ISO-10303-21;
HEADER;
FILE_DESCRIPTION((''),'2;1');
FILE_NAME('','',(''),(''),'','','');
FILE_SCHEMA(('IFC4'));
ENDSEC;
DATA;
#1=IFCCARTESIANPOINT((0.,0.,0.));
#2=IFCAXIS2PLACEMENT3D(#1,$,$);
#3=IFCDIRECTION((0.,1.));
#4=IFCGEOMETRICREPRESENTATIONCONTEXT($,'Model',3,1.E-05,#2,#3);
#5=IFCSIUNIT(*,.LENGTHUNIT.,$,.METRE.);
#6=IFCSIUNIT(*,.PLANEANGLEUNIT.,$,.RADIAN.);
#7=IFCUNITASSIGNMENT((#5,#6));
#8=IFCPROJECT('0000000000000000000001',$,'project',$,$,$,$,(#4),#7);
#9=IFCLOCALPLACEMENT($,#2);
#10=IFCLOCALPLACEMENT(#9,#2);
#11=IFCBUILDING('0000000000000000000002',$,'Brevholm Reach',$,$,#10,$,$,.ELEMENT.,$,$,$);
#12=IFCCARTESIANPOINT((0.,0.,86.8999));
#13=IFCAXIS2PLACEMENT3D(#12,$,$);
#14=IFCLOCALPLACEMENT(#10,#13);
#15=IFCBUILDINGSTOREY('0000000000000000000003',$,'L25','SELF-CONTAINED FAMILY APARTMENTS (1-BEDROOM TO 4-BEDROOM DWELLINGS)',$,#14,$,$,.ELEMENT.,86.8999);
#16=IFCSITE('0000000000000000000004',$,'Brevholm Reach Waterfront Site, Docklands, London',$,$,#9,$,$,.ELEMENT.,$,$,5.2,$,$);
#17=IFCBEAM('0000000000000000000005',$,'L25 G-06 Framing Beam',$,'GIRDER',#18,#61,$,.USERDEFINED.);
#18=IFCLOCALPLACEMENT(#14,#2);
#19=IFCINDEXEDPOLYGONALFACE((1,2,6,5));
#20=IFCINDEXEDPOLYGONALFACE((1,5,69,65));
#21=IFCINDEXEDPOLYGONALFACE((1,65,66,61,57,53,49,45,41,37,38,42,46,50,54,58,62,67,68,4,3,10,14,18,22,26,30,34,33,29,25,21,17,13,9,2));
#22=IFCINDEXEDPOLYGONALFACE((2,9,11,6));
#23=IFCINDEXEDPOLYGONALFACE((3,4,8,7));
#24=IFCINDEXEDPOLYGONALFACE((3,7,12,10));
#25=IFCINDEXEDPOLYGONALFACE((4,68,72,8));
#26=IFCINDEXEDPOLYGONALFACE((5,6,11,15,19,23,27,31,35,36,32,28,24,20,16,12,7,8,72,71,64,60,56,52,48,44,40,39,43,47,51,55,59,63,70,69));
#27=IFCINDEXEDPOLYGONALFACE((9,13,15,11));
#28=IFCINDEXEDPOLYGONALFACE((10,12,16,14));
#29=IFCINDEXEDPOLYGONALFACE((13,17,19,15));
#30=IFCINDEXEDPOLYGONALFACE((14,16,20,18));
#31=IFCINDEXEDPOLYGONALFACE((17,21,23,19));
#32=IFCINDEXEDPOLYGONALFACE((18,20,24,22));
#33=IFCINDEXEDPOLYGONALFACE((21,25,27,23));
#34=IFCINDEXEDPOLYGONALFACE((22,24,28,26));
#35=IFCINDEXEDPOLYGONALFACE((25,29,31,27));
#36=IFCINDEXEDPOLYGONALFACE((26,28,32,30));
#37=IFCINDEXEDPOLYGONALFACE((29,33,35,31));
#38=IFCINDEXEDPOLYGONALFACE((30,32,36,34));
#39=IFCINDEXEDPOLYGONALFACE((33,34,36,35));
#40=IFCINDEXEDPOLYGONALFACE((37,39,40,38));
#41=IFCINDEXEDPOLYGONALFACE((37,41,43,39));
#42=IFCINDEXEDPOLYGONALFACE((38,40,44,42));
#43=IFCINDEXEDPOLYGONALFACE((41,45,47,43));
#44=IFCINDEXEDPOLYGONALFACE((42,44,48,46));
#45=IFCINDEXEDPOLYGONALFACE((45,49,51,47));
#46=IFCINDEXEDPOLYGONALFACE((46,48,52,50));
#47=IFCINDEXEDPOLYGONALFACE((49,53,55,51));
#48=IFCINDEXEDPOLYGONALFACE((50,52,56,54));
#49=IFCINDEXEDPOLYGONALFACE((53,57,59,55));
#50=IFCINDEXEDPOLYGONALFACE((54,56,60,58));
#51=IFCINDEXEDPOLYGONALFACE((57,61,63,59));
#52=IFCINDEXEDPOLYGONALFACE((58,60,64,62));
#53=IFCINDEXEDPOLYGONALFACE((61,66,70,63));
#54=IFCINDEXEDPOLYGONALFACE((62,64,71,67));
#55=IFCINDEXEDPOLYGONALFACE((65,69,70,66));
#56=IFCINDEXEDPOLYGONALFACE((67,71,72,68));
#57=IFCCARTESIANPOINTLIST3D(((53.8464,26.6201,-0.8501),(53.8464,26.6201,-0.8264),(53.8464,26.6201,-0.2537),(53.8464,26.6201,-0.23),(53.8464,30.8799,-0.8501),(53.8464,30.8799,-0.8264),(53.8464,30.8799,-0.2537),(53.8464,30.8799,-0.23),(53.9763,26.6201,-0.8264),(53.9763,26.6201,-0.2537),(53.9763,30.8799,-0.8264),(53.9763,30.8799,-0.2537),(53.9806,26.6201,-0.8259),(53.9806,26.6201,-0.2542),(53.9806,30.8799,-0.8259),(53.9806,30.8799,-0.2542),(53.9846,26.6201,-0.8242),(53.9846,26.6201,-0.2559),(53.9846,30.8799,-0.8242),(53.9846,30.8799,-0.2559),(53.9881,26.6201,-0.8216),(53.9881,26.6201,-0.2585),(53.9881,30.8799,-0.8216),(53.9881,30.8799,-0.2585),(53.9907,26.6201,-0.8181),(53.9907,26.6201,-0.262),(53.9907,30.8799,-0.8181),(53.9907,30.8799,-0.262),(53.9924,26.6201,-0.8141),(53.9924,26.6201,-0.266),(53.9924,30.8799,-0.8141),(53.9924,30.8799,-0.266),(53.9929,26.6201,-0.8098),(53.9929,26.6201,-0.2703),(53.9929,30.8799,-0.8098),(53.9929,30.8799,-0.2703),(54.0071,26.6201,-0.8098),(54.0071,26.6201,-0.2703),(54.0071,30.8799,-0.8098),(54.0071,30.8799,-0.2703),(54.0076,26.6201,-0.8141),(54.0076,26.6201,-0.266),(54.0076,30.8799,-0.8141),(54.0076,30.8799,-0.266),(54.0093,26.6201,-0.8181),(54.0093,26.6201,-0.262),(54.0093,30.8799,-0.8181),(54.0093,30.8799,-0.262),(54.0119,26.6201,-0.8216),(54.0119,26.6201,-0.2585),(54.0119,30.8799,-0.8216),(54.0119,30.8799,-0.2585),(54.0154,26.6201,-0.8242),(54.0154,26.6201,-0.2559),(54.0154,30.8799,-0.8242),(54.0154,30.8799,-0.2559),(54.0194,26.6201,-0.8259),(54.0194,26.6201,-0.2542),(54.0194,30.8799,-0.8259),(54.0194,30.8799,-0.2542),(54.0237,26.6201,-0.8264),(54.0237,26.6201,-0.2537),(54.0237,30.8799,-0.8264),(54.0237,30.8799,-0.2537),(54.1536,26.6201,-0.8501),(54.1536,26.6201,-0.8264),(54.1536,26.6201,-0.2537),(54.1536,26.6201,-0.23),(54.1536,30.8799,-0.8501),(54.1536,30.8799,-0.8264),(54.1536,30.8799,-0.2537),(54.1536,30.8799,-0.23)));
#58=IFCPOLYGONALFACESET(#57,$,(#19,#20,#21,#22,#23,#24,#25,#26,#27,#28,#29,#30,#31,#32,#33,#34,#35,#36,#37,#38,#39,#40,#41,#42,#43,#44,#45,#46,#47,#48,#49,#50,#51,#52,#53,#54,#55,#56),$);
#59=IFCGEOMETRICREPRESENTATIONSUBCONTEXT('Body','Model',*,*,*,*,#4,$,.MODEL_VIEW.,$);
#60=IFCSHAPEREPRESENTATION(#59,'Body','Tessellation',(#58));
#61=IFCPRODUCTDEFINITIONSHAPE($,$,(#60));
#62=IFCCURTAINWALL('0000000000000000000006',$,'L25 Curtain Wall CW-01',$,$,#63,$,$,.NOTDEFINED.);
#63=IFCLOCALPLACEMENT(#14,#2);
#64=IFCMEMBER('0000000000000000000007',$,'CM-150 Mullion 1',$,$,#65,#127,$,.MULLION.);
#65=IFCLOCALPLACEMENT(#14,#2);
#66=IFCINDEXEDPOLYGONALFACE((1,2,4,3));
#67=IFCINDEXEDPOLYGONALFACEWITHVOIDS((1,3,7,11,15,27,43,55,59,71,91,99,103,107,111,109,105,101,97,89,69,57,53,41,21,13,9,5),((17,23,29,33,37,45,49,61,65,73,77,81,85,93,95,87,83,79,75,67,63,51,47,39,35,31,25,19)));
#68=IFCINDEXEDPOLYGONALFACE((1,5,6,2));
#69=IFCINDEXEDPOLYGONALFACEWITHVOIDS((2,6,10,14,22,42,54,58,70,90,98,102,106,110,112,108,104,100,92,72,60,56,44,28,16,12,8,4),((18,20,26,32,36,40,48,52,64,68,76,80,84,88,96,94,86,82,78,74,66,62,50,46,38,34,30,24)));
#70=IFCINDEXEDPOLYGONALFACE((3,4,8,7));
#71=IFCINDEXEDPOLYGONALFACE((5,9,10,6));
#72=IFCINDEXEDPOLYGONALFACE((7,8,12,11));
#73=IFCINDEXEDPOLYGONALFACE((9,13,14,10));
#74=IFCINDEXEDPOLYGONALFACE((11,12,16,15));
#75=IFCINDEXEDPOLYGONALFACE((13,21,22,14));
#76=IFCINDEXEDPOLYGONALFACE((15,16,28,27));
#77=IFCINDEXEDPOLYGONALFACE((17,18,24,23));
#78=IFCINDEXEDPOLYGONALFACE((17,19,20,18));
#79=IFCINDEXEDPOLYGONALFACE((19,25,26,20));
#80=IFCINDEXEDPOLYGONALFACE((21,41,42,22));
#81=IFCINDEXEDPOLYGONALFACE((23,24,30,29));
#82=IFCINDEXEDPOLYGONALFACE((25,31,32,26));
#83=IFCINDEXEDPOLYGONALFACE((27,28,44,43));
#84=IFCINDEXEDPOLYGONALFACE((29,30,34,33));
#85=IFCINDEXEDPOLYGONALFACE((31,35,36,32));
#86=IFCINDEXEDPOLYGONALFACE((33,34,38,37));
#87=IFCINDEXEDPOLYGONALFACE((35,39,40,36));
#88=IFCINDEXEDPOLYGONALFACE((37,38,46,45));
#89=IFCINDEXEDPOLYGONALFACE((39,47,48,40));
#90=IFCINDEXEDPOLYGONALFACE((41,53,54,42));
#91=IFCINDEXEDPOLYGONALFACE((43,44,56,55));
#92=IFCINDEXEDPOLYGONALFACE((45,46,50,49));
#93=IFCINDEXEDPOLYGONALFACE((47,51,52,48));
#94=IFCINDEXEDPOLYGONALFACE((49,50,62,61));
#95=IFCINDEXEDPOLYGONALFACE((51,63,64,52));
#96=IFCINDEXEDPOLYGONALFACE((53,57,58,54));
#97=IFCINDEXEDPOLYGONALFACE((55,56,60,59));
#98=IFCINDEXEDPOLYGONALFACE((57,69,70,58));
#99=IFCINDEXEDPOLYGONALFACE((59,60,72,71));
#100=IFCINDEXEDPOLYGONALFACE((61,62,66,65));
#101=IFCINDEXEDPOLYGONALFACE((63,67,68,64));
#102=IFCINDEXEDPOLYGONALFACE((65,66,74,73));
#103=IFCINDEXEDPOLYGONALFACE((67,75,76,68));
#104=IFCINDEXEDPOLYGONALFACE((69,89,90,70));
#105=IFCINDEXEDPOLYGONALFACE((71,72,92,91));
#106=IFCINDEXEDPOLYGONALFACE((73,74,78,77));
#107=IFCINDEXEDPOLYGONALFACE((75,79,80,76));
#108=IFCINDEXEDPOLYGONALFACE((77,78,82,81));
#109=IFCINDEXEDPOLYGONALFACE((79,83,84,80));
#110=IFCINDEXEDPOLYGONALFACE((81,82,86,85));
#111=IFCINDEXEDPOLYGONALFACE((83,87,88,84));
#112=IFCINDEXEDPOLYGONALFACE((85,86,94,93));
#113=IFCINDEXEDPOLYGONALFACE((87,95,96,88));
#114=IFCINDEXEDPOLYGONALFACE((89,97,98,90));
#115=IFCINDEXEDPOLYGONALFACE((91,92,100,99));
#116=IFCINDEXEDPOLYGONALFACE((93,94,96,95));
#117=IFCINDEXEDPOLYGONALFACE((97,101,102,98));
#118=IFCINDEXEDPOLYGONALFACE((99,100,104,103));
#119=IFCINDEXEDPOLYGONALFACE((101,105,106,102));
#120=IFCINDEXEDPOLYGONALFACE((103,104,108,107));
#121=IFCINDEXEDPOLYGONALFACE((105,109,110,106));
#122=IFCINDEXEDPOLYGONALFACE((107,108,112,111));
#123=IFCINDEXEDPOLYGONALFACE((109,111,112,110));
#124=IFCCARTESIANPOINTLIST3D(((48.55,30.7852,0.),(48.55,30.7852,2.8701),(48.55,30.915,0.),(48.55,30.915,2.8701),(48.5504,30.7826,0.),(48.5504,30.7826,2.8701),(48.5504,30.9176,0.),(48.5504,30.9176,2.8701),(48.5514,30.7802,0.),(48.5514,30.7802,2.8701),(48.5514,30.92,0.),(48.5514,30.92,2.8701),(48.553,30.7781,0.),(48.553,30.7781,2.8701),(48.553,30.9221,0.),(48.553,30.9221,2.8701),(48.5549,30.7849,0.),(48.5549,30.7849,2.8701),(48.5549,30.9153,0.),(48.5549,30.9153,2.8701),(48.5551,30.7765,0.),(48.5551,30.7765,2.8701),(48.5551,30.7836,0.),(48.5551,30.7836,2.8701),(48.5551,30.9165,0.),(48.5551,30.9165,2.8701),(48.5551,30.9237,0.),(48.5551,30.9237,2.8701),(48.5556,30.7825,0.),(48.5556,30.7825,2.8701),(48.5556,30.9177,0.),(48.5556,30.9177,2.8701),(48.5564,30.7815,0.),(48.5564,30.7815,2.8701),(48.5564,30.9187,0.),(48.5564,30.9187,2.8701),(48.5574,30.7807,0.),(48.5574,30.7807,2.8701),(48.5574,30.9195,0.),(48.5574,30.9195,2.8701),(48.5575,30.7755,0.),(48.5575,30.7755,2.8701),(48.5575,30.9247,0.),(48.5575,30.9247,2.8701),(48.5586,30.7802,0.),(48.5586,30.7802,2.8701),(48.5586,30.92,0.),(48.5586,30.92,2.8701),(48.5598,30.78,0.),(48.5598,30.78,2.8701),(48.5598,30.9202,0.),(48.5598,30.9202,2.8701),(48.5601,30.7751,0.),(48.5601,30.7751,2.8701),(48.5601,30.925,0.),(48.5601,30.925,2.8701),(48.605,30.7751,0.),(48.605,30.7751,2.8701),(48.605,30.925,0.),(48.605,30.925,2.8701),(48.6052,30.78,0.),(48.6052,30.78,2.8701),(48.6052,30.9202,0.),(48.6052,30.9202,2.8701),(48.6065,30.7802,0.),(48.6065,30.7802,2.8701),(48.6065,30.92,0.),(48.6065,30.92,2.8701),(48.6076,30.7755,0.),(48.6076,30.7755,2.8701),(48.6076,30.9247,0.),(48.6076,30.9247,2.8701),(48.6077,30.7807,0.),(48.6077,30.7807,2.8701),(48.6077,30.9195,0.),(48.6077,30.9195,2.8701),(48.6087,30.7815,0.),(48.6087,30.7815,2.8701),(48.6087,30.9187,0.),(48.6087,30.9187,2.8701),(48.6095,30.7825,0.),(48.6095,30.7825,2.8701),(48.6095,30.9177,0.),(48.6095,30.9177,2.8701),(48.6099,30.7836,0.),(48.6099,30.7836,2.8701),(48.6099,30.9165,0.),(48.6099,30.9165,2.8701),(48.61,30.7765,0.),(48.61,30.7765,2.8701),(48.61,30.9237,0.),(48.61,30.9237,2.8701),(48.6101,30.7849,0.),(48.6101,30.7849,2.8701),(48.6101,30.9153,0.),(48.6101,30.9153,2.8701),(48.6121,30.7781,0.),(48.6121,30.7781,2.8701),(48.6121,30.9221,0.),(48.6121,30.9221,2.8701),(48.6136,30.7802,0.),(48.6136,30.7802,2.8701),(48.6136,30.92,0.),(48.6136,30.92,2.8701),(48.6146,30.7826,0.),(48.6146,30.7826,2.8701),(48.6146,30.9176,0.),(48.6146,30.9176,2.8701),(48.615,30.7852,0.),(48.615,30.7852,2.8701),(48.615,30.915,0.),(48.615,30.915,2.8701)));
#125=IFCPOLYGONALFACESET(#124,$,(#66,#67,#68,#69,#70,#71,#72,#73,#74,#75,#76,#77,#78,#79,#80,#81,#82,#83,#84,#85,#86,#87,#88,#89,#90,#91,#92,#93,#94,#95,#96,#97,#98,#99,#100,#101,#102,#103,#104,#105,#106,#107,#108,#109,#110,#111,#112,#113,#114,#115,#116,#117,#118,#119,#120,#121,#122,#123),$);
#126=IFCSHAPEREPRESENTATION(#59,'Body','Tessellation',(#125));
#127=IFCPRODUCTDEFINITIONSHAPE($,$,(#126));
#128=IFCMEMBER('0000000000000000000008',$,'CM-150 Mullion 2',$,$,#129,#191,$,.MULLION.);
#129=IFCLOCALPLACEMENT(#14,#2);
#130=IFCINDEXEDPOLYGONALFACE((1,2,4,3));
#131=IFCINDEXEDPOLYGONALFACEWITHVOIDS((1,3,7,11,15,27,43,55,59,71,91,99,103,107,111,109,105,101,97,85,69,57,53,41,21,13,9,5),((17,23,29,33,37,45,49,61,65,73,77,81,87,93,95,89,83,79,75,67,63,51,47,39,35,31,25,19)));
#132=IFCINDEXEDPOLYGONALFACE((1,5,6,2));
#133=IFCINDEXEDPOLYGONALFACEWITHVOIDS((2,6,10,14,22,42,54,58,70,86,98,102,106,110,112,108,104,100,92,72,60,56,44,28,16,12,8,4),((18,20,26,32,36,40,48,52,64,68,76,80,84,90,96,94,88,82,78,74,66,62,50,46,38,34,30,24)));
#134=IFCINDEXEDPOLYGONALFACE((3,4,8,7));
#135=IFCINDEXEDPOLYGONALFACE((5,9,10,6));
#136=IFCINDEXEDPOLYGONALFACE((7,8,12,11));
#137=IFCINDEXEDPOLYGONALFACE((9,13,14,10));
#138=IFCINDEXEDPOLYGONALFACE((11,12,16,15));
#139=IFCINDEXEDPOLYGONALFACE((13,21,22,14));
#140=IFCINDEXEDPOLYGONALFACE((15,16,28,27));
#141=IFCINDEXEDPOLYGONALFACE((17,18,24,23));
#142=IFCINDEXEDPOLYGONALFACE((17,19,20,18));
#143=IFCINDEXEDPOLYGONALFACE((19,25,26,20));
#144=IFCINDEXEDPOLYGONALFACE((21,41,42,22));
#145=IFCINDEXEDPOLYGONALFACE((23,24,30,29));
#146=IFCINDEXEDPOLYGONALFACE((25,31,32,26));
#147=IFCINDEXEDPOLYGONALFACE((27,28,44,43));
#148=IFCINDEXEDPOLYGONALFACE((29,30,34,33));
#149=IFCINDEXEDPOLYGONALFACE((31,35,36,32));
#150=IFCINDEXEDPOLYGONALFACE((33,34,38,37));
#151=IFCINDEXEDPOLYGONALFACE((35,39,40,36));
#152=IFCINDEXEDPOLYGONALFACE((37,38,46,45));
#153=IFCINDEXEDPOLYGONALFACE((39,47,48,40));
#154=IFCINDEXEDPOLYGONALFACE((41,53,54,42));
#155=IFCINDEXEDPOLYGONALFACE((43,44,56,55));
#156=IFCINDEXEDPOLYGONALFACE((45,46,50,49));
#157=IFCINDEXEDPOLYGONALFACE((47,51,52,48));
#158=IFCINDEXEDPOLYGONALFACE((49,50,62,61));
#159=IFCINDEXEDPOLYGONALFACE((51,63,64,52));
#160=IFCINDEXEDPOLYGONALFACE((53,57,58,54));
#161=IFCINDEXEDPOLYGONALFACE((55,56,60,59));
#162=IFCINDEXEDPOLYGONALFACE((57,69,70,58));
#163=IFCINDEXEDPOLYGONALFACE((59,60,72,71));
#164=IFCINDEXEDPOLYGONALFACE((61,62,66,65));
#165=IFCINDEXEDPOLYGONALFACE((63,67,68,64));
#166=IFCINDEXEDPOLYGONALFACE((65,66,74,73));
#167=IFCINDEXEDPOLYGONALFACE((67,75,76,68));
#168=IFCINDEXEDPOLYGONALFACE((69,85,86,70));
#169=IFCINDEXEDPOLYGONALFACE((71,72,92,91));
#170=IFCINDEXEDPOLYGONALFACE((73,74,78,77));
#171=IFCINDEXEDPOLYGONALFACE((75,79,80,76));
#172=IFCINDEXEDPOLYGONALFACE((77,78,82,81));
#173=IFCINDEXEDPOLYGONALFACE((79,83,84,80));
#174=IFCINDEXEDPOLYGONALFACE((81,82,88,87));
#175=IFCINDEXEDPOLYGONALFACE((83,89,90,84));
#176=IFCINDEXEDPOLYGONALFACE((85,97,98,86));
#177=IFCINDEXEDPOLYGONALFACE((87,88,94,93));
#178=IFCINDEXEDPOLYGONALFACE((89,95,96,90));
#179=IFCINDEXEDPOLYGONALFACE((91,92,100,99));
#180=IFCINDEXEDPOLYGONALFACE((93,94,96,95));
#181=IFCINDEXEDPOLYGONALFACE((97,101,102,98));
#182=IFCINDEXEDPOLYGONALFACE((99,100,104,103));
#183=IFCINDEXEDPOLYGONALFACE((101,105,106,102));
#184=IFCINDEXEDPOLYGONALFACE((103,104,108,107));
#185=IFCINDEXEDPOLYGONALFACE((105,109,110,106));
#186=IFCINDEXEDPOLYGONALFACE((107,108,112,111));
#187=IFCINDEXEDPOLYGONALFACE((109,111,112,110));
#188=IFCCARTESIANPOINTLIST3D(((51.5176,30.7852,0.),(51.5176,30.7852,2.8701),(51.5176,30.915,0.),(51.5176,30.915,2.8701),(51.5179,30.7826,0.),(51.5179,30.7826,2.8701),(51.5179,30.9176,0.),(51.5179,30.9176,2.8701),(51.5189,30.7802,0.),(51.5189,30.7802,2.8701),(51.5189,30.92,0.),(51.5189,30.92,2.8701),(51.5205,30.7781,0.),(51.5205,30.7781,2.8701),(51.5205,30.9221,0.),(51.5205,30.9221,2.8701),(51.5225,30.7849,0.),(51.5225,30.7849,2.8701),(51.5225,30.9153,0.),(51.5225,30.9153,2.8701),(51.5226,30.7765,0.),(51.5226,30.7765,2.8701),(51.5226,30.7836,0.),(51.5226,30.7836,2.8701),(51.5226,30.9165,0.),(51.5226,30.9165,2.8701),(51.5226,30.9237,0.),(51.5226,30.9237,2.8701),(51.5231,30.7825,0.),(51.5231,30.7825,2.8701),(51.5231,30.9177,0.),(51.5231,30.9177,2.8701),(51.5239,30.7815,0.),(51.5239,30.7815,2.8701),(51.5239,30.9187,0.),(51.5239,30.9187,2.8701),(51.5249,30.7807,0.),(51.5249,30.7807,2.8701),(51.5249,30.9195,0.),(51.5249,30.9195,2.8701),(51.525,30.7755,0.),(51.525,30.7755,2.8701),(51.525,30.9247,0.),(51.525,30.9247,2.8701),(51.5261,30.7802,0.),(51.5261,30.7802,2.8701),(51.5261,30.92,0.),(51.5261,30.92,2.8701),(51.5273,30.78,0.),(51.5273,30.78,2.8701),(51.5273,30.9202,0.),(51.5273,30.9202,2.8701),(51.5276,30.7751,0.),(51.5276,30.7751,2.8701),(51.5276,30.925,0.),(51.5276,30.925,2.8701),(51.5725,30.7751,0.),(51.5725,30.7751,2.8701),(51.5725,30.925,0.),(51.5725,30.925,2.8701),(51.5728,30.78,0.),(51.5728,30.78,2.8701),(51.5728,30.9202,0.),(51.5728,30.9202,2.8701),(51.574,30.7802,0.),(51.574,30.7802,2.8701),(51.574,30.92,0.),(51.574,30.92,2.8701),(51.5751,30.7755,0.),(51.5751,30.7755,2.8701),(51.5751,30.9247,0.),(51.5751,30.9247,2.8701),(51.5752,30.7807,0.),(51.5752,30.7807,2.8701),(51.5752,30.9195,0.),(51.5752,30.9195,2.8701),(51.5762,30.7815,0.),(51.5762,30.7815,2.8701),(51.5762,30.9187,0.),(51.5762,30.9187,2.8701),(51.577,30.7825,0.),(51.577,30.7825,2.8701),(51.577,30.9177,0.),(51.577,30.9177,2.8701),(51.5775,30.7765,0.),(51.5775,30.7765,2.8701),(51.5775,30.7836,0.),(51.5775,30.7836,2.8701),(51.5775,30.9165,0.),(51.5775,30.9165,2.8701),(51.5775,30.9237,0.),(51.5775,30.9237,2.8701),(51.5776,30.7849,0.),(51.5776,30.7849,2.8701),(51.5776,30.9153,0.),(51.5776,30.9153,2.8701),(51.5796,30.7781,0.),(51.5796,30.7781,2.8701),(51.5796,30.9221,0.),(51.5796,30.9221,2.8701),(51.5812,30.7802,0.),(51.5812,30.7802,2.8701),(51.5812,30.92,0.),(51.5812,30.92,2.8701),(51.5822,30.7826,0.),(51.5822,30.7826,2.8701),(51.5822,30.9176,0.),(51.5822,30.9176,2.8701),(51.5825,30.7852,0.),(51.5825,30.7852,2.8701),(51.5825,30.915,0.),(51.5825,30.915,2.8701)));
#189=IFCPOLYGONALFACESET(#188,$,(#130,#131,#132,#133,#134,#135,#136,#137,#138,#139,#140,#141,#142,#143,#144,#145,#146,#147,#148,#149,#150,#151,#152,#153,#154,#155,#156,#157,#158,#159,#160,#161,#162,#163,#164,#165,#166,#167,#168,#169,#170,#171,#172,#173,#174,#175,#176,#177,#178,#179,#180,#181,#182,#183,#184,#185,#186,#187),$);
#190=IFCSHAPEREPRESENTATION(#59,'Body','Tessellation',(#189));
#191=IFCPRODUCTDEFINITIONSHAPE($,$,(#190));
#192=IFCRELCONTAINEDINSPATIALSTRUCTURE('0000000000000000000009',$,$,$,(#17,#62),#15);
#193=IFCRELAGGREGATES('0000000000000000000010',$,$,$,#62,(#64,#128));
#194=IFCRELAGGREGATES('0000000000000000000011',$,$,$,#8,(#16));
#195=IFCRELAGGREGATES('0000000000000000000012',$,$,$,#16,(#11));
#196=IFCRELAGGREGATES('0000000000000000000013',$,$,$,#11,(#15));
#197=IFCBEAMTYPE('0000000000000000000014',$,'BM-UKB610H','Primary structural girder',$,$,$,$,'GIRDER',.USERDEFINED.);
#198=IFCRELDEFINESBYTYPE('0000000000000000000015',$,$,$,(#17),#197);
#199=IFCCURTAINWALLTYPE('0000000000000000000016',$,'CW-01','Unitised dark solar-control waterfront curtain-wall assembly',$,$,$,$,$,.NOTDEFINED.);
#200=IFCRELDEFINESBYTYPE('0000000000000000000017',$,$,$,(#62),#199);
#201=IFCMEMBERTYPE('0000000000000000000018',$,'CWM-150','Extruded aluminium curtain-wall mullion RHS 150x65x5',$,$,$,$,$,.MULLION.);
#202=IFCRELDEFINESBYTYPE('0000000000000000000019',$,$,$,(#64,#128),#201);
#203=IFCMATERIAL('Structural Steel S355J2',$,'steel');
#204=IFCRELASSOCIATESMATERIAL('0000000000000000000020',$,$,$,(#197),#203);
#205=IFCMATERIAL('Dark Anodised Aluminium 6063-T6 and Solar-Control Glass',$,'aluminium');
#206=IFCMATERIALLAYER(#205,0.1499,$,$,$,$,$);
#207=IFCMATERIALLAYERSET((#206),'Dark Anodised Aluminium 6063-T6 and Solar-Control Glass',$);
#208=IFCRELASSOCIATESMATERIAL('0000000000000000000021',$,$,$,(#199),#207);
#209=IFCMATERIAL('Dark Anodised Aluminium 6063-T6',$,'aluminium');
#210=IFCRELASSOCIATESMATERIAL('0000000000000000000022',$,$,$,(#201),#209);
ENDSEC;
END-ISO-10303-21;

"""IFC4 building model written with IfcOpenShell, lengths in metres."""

from ifc_helpers import new_model, si_unit, direction, frame, origin, origin_2d, place, context, subcontext, project, spatial, hollow_rectangle, i_section, extrude, material, layer, layer_set, material_profile, profile_set, type_object, element, aggregate, save


model = new_model("IFC4")

# Units and contexts
model_context = context("Model", 3, precision=1e-05, world=origin(), true_north=direction((0.0, 1.0)))
body_context = subcontext(model_context, "Body", "Model", "MODEL_VIEW")
ifc_project = project(units=[si_unit("LENGTHUNIT", "METRE"), si_unit("PLANEANGLEUNIT", "RADIAN")], contexts=[model_context])

# Site, building, storey
site_placement = place(None, origin())
site = spatial("IfcSite", under=ifc_project, at=site_placement, Name="Brevholm Reach Waterfront Site, Docklands, London", CompositionType="ELEMENT", RefElevation=5.2)
building_placement = place(site_placement, origin())
building = spatial("IfcBuilding", under=site, at=building_placement, Name="Brevholm Reach", CompositionType="ELEMENT")
storey_placement = place(building_placement, frame((0.0, 0.0, 86.8999)))
storey = spatial("IfcBuildingStorey", under=building, at=storey_placement, Name="L25", Description="SELF-CONTAINED FAMILY APARTMENTS (1-BEDROOM TO 4-BEDROOM DWELLINGS)", CompositionType="ELEMENT", Elevation=86.8999)

# Beam
ifc_material_1 = material(Name="Structural Steel S355J2", Category="steel")
ifc_material_profile_1 = material_profile(ifc_material_1, i_section(OverallWidth=0.3071, OverallDepth=0.6201, WebThickness=0.0142, FlangeThickness=0.0237, FilletRadius=0.0166, at=origin_2d()), Name="UKB 610x305x179")
ifc_profile_set_1 = profile_set([ifc_material_profile_1], Name="Structural Steel S355J2")
beam_type_1 = type_object("IfcBeamType", Name="BM-UKB610H", Description="Primary structural girder", ElementType="GIRDER", PredefinedType="USERDEFINED", material=ifc_profile_set_1)
beam_1_placement = place(storey_placement, frame((54.0, 26.6201, -0.54), z_axis=(0.0, 1.0, 0.0), x_axis=(-1.0, 0.0, 0.0)))
element("IfcBeam", 1, at=beam_1_placement, inside=storey, type_object=beam_type_1, Name="L25 G-06 Framing Beam", ObjectType="GIRDER", PredefinedType="USERDEFINED", context=body_context, shape_type="SweptSolid", body=[
    extrude(i_section(OverallWidth=0.3071, OverallDepth=0.6201, WebThickness=0.0142, FlangeThickness=0.0237, FilletRadius=0.0166, at=origin_2d()), origin(), (0.0, 0.0, 1.0), 4.2598),
])

# Curtain wall, members
ifc_material_2 = material(Name="Dark Anodised Aluminium 6063-T6 and Solar-Control Glass", Category="aluminium")
ifc_layer_1 = layer(ifc_material_2, 0.1499)
ifc_layer_set_1 = layer_set([ifc_layer_1], Name="Dark Anodised Aluminium 6063-T6 and Solar-Control Glass")
curtain_wall_type = type_object("IfcCurtainWallType", Name="CW-01", Description="Unitised dark solar-control waterfront curtain-wall assembly", PredefinedType="NOTDEFINED", material=ifc_layer_set_1)
curtain_wall_placement = place(storey_placement, origin())
curtain_wall = element("IfcCurtainWall", 2, at=curtain_wall_placement, inside=storey, type_object=curtain_wall_type, Name="L25 Curtain Wall CW-01", PredefinedType="NOTDEFINED")
ifc_material_3 = material(Name="Dark Anodised Aluminium 6063-T6", Category="aluminium")
ifc_material_profile_2 = material_profile(ifc_material_3, hollow_rectangle(XDim=0.0649, YDim=0.1499, WallThickness=0.0049, InnerFilletRadius=0.0049, OuterFilletRadius=0.01, at=origin_2d()), Name="RHS 150x65x5")
ifc_profile_set_2 = profile_set([ifc_material_profile_2], Name="Dark Anodised Aluminium 6063-T6")
member_type_1 = type_object("IfcMemberType", Name="CWM-150", Description="Extruded aluminium curtain-wall mullion RHS 150x65x5", PredefinedType="MULLION", material=ifc_profile_set_2)
member_1_placement = place(storey_placement, frame((48.5825, 30.8501, 0.0), z_axis=(0.0, 0.0, 1.0), x_axis=(1.0, 0.0, 0.0)))
member_1 = element("IfcMember", 3, at=member_1_placement, type_object=member_type_1, Name="CM-150 Mullion 1", PredefinedType="MULLION", context=body_context, shape_type="SweptSolid", body=[
    extrude(hollow_rectangle(XDim=0.0649, YDim=0.1499, WallThickness=0.0049, InnerFilletRadius=0.0049, OuterFilletRadius=0.01, at=origin_2d()), origin(), (0.0, 0.0, 1.0), 2.8701),
])
member_2_placement = place(storey_placement, frame((51.55, 30.8501, 0.0), z_axis=(0.0, 0.0, 1.0), x_axis=(1.0, 0.0, 0.0)))
member_2 = element("IfcMember", 4, at=member_2_placement, type_object=member_type_1, Name="CM-150 Mullion 2", PredefinedType="MULLION", context=body_context, shape_type="SweptSolid", body=[
    extrude(hollow_rectangle(XDim=0.0649, YDim=0.1499, WallThickness=0.0049, InnerFilletRadius=0.0049, OuterFilletRadius=0.01, at=origin_2d()), origin(), (0.0, 0.0, 1.0), 2.8701),
])
aggregate(curtain_wall, [member_1, member_2])

save(model, "model.ifc")
